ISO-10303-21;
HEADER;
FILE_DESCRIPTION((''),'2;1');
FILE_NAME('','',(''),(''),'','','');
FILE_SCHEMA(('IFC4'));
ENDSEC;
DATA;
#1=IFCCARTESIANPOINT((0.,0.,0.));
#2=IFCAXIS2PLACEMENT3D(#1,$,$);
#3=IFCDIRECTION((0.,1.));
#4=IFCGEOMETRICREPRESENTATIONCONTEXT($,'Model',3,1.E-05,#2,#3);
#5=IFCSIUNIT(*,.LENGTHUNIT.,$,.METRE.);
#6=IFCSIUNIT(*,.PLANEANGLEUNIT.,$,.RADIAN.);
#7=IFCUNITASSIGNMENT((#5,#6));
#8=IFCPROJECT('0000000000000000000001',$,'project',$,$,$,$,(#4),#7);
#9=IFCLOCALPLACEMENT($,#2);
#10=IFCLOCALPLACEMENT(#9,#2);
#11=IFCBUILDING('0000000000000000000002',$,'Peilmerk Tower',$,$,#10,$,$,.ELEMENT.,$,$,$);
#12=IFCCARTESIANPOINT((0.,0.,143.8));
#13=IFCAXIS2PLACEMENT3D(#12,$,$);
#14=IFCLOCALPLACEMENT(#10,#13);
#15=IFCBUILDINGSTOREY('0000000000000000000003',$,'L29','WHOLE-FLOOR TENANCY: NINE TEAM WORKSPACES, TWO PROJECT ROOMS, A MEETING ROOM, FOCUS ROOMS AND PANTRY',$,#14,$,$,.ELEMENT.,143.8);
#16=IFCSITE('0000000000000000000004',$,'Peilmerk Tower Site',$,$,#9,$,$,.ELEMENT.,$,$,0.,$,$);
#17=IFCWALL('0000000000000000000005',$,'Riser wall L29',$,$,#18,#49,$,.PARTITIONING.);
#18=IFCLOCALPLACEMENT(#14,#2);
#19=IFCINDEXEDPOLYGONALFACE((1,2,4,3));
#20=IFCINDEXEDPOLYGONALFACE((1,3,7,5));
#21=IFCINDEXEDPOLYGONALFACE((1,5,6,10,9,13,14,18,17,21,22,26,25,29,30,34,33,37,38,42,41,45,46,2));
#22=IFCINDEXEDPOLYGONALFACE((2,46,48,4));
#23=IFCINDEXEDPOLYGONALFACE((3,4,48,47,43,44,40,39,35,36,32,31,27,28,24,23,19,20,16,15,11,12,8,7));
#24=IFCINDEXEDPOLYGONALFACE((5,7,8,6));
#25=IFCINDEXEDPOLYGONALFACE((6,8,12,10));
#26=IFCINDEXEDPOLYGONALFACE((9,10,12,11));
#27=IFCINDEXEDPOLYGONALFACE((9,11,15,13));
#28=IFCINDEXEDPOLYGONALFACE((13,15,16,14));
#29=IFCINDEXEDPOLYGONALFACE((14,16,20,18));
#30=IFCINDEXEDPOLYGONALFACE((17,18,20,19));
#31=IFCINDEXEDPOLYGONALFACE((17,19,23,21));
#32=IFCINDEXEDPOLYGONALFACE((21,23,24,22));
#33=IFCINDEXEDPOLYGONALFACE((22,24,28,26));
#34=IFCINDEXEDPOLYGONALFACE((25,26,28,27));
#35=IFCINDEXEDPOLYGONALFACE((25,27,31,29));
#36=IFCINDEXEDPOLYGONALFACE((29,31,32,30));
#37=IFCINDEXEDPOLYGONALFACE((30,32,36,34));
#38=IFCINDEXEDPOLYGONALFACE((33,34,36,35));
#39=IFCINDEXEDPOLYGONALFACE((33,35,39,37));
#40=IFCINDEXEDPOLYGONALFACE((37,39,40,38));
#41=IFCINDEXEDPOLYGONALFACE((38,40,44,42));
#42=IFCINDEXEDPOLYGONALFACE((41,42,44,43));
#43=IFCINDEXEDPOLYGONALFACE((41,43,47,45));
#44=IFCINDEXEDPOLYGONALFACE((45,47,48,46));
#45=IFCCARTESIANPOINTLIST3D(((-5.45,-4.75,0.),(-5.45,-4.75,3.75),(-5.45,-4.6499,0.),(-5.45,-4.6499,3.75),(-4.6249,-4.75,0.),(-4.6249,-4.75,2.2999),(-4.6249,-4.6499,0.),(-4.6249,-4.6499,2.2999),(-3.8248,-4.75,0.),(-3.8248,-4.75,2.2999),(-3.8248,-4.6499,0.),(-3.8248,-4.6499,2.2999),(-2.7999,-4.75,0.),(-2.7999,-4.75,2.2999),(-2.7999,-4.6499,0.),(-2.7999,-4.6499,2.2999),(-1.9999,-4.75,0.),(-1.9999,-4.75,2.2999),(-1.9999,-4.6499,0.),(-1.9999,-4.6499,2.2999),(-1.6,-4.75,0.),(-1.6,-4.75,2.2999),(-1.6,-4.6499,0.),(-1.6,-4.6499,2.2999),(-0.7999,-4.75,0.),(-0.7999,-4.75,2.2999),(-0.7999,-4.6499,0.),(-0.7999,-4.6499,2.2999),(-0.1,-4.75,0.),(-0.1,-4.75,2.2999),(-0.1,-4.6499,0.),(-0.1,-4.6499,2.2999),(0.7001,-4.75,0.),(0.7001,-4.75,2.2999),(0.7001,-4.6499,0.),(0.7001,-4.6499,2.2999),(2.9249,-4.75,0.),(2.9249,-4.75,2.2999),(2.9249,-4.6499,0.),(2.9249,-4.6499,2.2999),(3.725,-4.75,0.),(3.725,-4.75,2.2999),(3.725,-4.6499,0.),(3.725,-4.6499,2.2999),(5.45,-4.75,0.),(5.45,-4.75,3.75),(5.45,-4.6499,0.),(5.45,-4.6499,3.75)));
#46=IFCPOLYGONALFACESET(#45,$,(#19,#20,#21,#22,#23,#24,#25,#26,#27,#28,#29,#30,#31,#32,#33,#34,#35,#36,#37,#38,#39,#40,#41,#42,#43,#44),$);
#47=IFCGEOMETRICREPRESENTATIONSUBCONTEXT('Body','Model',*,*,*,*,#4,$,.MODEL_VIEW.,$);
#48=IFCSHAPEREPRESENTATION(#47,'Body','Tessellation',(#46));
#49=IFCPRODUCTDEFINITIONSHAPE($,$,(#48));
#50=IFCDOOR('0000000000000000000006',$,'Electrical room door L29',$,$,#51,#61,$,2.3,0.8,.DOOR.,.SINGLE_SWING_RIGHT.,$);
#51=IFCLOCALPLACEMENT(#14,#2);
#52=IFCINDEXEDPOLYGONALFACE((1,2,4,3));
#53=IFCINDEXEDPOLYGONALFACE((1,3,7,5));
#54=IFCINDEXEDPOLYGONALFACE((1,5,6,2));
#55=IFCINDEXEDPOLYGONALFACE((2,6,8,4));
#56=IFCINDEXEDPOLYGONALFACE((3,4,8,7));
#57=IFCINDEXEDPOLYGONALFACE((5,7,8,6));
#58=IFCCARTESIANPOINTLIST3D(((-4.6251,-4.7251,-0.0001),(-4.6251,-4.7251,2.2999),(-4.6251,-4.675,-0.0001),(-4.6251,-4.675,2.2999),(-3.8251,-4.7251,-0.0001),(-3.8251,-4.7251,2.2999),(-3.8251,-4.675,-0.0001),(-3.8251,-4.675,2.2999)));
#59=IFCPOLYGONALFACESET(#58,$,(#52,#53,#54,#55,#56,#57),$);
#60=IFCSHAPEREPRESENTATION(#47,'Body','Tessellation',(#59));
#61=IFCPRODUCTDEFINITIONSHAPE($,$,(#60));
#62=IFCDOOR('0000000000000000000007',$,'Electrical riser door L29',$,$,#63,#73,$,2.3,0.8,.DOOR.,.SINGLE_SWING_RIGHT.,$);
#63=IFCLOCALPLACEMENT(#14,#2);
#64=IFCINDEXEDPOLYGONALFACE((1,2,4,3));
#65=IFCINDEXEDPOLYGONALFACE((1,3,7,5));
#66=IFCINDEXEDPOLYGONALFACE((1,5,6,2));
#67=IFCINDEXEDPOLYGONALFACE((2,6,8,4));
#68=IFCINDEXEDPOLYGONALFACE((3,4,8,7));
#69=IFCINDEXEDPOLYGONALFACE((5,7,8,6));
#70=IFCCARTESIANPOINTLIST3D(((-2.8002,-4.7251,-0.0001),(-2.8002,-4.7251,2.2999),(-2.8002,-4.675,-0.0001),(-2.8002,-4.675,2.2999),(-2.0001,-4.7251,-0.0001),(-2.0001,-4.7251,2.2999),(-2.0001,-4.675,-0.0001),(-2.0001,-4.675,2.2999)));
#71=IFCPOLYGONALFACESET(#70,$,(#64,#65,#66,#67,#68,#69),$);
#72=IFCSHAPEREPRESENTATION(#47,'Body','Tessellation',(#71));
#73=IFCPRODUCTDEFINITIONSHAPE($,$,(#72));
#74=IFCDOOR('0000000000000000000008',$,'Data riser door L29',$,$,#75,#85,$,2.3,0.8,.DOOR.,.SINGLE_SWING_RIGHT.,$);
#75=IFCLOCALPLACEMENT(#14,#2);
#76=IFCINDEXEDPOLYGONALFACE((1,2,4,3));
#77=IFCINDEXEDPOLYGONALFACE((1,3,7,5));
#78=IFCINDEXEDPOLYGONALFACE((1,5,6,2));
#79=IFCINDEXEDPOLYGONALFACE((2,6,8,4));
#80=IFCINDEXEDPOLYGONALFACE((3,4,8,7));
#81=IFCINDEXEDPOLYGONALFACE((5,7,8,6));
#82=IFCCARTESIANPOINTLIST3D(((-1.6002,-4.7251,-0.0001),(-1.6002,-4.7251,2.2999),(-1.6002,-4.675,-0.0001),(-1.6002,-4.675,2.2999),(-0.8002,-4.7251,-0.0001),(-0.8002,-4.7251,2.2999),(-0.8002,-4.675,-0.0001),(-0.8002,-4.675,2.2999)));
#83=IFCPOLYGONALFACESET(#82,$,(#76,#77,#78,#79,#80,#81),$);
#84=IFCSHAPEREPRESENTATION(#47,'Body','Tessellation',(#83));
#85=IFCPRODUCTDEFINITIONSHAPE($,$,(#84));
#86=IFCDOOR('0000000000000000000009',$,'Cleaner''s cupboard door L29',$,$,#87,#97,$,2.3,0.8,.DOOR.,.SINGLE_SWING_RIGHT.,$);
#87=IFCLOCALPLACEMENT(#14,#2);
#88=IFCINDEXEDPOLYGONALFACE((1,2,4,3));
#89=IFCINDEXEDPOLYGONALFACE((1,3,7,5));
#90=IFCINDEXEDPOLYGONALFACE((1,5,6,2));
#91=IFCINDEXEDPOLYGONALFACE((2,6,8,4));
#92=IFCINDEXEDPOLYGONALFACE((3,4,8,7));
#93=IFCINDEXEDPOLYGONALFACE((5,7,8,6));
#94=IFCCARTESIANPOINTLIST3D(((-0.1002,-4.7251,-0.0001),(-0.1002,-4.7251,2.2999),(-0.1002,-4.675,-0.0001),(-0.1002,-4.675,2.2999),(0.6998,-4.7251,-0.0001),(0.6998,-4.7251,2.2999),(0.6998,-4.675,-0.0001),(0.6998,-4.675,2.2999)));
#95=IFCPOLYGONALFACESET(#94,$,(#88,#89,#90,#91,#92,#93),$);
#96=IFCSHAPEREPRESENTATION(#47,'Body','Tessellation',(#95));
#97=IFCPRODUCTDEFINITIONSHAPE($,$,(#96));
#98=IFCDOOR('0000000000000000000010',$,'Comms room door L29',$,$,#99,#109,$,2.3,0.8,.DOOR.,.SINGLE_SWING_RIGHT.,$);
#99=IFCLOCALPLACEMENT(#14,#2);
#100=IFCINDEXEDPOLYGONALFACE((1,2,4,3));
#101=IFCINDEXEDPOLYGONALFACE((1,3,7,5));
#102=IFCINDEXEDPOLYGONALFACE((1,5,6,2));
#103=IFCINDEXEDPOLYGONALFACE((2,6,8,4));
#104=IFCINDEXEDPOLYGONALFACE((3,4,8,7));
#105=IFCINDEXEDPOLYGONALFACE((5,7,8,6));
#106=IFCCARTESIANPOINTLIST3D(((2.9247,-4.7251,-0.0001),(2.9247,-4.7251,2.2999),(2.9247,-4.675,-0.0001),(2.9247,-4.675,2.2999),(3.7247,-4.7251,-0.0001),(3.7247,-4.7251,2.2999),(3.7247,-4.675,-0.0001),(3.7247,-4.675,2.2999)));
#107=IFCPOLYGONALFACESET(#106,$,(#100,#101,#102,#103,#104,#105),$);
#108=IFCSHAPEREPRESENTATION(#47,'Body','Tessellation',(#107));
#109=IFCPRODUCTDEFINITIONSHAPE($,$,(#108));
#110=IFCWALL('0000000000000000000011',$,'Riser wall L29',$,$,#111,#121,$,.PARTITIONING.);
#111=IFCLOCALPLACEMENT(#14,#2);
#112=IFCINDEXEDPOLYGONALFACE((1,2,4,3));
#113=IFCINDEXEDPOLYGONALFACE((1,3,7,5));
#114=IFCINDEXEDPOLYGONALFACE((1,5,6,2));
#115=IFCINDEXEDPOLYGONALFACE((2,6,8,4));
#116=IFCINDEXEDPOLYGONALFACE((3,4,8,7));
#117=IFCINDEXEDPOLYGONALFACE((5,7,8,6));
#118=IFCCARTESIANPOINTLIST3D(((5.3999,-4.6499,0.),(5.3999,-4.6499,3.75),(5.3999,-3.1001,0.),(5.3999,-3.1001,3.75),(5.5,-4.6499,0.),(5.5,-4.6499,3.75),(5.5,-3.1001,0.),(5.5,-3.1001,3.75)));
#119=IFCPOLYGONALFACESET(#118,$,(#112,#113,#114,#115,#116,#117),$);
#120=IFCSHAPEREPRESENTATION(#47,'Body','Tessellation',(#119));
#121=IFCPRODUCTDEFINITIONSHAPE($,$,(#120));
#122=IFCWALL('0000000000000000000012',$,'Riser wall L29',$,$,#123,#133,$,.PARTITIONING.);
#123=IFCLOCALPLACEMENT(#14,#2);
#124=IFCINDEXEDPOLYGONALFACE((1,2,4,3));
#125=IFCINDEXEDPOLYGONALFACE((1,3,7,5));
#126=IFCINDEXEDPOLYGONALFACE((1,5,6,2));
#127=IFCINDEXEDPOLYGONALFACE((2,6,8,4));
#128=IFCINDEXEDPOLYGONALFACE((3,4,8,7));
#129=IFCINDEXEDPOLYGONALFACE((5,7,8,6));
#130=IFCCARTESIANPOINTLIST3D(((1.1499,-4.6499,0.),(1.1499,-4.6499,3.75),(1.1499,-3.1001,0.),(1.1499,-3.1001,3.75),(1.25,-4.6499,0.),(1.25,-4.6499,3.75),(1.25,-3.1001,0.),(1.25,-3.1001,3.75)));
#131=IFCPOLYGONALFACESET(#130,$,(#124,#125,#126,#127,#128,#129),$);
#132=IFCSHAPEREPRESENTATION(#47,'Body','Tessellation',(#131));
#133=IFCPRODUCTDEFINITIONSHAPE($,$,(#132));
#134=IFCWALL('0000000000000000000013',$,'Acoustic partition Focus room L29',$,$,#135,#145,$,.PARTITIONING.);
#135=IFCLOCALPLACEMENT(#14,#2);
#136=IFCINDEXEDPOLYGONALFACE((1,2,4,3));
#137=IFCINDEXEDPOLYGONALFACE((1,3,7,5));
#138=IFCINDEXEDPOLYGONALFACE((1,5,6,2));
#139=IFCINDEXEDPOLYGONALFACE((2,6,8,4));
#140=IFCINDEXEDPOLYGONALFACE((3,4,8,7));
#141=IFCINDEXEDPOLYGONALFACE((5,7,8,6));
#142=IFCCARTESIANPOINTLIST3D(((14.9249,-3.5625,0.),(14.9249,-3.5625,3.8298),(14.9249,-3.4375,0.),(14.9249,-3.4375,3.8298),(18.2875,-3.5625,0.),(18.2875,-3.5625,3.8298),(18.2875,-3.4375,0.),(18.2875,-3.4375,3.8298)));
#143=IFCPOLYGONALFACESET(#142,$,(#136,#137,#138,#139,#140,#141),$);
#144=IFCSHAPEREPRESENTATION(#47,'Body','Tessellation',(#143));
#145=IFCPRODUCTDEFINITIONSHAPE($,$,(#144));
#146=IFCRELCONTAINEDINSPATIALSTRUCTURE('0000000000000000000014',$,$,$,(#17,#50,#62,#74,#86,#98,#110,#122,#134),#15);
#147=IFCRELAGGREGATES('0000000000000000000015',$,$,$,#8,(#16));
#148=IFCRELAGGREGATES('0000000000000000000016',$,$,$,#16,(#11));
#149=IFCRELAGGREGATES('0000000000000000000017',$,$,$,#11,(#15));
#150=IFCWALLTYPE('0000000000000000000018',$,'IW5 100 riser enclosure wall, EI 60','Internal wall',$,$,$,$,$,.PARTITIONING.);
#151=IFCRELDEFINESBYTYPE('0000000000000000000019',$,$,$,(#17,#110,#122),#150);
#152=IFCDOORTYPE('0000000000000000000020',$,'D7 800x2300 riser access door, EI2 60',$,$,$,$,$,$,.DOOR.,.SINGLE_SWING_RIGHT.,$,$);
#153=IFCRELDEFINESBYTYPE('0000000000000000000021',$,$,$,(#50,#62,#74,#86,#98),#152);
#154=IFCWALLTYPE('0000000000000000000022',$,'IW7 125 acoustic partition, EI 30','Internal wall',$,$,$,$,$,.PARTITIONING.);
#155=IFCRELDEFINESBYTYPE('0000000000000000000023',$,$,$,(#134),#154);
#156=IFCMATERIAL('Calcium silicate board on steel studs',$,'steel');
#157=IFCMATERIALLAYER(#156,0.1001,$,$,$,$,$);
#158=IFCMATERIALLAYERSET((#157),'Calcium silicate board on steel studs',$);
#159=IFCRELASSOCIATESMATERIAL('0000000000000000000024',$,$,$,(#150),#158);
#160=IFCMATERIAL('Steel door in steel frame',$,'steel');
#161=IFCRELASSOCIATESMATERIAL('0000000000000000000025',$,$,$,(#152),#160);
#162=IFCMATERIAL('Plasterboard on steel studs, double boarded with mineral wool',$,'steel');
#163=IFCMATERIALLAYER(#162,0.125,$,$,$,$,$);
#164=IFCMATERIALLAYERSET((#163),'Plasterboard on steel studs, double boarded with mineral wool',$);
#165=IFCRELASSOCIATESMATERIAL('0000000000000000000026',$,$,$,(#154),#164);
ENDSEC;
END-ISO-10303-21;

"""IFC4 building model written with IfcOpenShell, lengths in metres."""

from ifc_helpers import new_model, si_unit, direction, frame, frame_2d, origin, place, context, subcontext, project, spatial, rectangle, extrude, material, layer, layer_set, type_object, element, fill, save


model = new_model("IFC4")

# Units and contexts
model_context = context("Model", 3, precision=1e-05, world=origin(), true_north=direction((0.0, 1.0)))
body_context = subcontext(model_context, "Body", "Model", "MODEL_VIEW")
ifc_project = project(units=[si_unit("LENGTHUNIT", "METRE"), si_unit("PLANEANGLEUNIT", "RADIAN")], contexts=[model_context])

# Site, building, storey
site_placement = place(None, origin())
site = spatial("IfcSite", under=ifc_project, at=site_placement, Name="Peilmerk Tower Site", CompositionType="ELEMENT", RefElevation=0.0)
building_placement = place(site_placement, origin())
building = spatial("IfcBuilding", under=site, at=building_placement, Name="Peilmerk Tower", CompositionType="ELEMENT")
storey_placement = place(building_placement, frame((0.0, 0.0, 143.8)))
storey = spatial("IfcBuildingStorey", under=building, at=storey_placement, Name="L29", Description="WHOLE-FLOOR TENANCY: NINE TEAM WORKSPACES, TWO PROJECT ROOMS, A MEETING ROOM, FOCUS ROOMS AND PANTRY", CompositionType="ELEMENT", Elevation=143.8)

# Shared definitions
ifc_material_1 = material(Name="Steel door in steel frame", Category="steel")

# Shared definitions
ifc_material_2 = material(Name="Calcium silicate board on steel studs", Category="steel")
ifc_layer_1 = layer(ifc_material_2, 0.1001)
ifc_layer_set_1 = layer_set([ifc_layer_1], Name="Calcium silicate board on steel studs")
wall_type_1 = type_object("IfcWallType", Name="IW5 100 riser enclosure wall, EI 60", Description="Internal wall", PredefinedType="PARTITIONING", material=ifc_layer_set_1)

# Wall, openings, doors
wall_1_placement = place(storey_placement, frame((5.45, -4.7, 0.0), z_axis=(0.0, 0.0, 1.0), x_axis=(-1.0, 0.0, 0.0)))
wall_1 = element("IfcWall", 1, at=wall_1_placement, inside=storey, type_object=wall_type_1, Name="Riser wall L29", PredefinedType="PARTITIONING", context=body_context, shape_type="SweptSolid", body=[
    extrude(rectangle(XDim=10.8999, YDim=0.1001, at=frame_2d((5.45, 0.0))), origin(), (0.0, 0.0, 1.0), 3.75),
])
opening_1_placement = place(wall_1_placement, frame((9.2749, 0.0, 0.0)))
opening_1 = element("IfcOpeningElement", 2, at=opening_1_placement, cuts=wall_1, PredefinedType="OPENING", context=body_context, shape_type="SweptSolid", body=[
    extrude(rectangle(XDim=0.8, YDim=2.3, at=frame_2d((0.3999, 1.1499))), frame((0.0, 0.0601, 0.0), z_axis=(0.0, -1.0, 0.0), x_axis=(1.0, 0.0, 0.0)), (0.0, 0.0, 1.0), 0.1201),
])
opening_2_placement = place(wall_1_placement, frame((7.45, 0.0, 0.0)))
opening_2 = element("IfcOpeningElement", 3, at=opening_2_placement, cuts=wall_1, PredefinedType="OPENING", context=body_context, shape_type="SweptSolid", body=[
    extrude(rectangle(XDim=0.8, YDim=2.3, at=frame_2d((0.3999, 1.1499))), frame((0.0, 0.0601, 0.0), z_axis=(0.0, -1.0, 0.0), x_axis=(1.0, 0.0, 0.0)), (0.0, 0.0, 1.0), 0.1201),
])
opening_3_placement = place(wall_1_placement, frame((6.25, 0.0, 0.0)))
opening_3 = element("IfcOpeningElement", 4, at=opening_3_placement, cuts=wall_1, PredefinedType="OPENING", context=body_context, shape_type="SweptSolid", body=[
    extrude(rectangle(XDim=0.8, YDim=2.3, at=frame_2d((0.3999, 1.1499))), frame((0.0, 0.0601, 0.0), z_axis=(0.0, -1.0, 0.0), x_axis=(1.0, 0.0, 0.0)), (0.0, 0.0, 1.0), 0.1201),
])
opening_4_placement = place(wall_1_placement, frame((4.75, 0.0, 0.0)))
opening_4 = element("IfcOpeningElement", 5, at=opening_4_placement, cuts=wall_1, PredefinedType="OPENING", context=body_context, shape_type="SweptSolid", body=[
    extrude(rectangle(XDim=0.8, YDim=2.3, at=frame_2d((0.3999, 1.1499))), frame((0.0, 0.0601, 0.0), z_axis=(0.0, -1.0, 0.0), x_axis=(1.0, 0.0, 0.0)), (0.0, 0.0, 1.0), 0.1201),
])
opening_5_placement = place(wall_1_placement, frame((1.7251, 0.0, 0.0)))
opening_5 = element("IfcOpeningElement", 6, at=opening_5_placement, cuts=wall_1, PredefinedType="OPENING", context=body_context, shape_type="SweptSolid", body=[
    extrude(rectangle(XDim=0.8, YDim=2.3, at=frame_2d((0.3999, 1.1499))), frame((0.0, 0.0601, 0.0), z_axis=(0.0, -1.0, 0.0), x_axis=(1.0, 0.0, 0.0)), (0.0, 0.0, 1.0), 0.1201),
])
door_type_1 = type_object("IfcDoorType", Name="D7 800x2300 riser access door, EI2 60", OperationType="SINGLE_SWING_RIGHT", PredefinedType="DOOR", material=ifc_material_1)
door_1_placement = place(opening_1_placement, frame((0.8, 0.0, 0.0), z_axis=(0.0, 0.0, 1.0), x_axis=(-1.0, 0.0, 0.0)))
door_1 = element("IfcDoor", 7, at=door_1_placement, inside=storey, type_object=door_type_1, Name="Electrical room door L29", OperationType="SINGLE_SWING_RIGHT", OverallHeight=2.3, OverallWidth=0.8, PredefinedType="DOOR", context=body_context, shape_type="SweptSolid", body=[
    extrude(rectangle(XDim=0.8, YDim=2.3, at=frame_2d((0.3999, 1.1499))), frame((0.0, 0.0249, 0.0), z_axis=(0.0, -1.0, 0.0), x_axis=(1.0, 0.0, 0.0)), (0.0, 0.0, 1.0), 0.05),
])
fill(opening_1, door_1)
door_2_placement = place(opening_2_placement, frame((0.8, 0.0, 0.0), z_axis=(0.0, 0.0, 1.0), x_axis=(-1.0, 0.0, 0.0)))
door_2 = element("IfcDoor", 8, at=door_2_placement, inside=storey, type_object=door_type_1, Name="Electrical riser door L29", OperationType="SINGLE_SWING_RIGHT", OverallHeight=2.3, OverallWidth=0.8, PredefinedType="DOOR", context=body_context, shape_type="SweptSolid", body=[
    extrude(rectangle(XDim=0.8, YDim=2.3, at=frame_2d((0.3999, 1.1499))), frame((0.0, 0.0249, 0.0), z_axis=(0.0, -1.0, 0.0), x_axis=(1.0, 0.0, 0.0)), (0.0, 0.0, 1.0), 0.05),
])
fill(opening_2, door_2)
door_3_placement = place(opening_3_placement, frame((0.8, 0.0, 0.0), z_axis=(0.0, 0.0, 1.0), x_axis=(-1.0, 0.0, 0.0)))
door_3 = element("IfcDoor", 9, at=door_3_placement, inside=storey, type_object=door_type_1, Name="Data riser door L29", OperationType="SINGLE_SWING_RIGHT", OverallHeight=2.3, OverallWidth=0.8, PredefinedType="DOOR", context=body_context, shape_type="SweptSolid", body=[
    extrude(rectangle(XDim=0.8, YDim=2.3, at=frame_2d((0.3999, 1.1499))), frame((0.0, 0.0249, 0.0), z_axis=(0.0, -1.0, 0.0), x_axis=(1.0, 0.0, 0.0)), (0.0, 0.0, 1.0), 0.05),
])
fill(opening_3, door_3)
door_4_placement = place(opening_4_placement, frame((0.8, 0.0, 0.0), z_axis=(0.0, 0.0, 1.0), x_axis=(-1.0, 0.0, 0.0)))
door_4 = element("IfcDoor", 10, at=door_4_placement, inside=storey, type_object=door_type_1, Name="Cleaner's cupboard door L29", OperationType="SINGLE_SWING_RIGHT", OverallHeight=2.3, OverallWidth=0.8, PredefinedType="DOOR", context=body_context, shape_type="SweptSolid", body=[
    extrude(rectangle(XDim=0.8, YDim=2.3, at=frame_2d((0.3999, 1.1499))), frame((0.0, 0.0249, 0.0), z_axis=(0.0, -1.0, 0.0), x_axis=(1.0, 0.0, 0.0)), (0.0, 0.0, 1.0), 0.05),
])
fill(opening_4, door_4)
door_5_placement = place(opening_5_placement, frame((0.8, 0.0, 0.0), z_axis=(0.0, 0.0, 1.0), x_axis=(-1.0, 0.0, 0.0)))
door_5 = element("IfcDoor", 11, at=door_5_placement, inside=storey, type_object=door_type_1, Name="Comms room door L29", OperationType="SINGLE_SWING_RIGHT", OverallHeight=2.3, OverallWidth=0.8, PredefinedType="DOOR", context=body_context, shape_type="SweptSolid", body=[
    extrude(rectangle(XDim=0.8, YDim=2.3, at=frame_2d((0.3999, 1.1499))), frame((0.0, 0.0249, 0.0), z_axis=(0.0, -1.0, 0.0), x_axis=(1.0, 0.0, 0.0)), (0.0, 0.0, 1.0), 0.05),
])
fill(opening_5, door_5)

# Walls
for number, where, z_axis, x_axis, name in (
    (12, (5.45, -3.1001, 0.0), (0.0, 0.0, 1.0), (0.0, -1.0, 0.0), "Riser wall L29"),
    (13, (1.2, -3.1001, 0.0), (0.0, 0.0, 1.0), (0.0, -1.0, 0.0), "Riser wall L29"),
):
    element("IfcWall", number, at=place(storey_placement, frame(where, z_axis=z_axis, x_axis=x_axis)), inside=storey, type_object=wall_type_1, Name=name, PredefinedType="PARTITIONING", context=body_context, shape_type="SweptSolid", body=[
        extrude(rectangle(XDim=1.5498, YDim=0.1001, at=frame_2d((0.7749, 0.0))), origin(), (0.0, 0.0, 1.0), 3.75),
    ])
ifc_material_3 = material(Name="Plasterboard on steel studs, double boarded with mineral wool", Category="steel")
ifc_layer_2 = layer(ifc_material_3, 0.125)
ifc_layer_set_2 = layer_set([ifc_layer_2], Name="Plasterboard on steel studs, double boarded with mineral wool")
wall_type_2 = type_object("IfcWallType", Name="IW7 125 acoustic partition, EI 30", Description="Internal wall", PredefinedType="PARTITIONING", material=ifc_layer_set_2)
wall_2_placement = place(storey_placement, frame((14.925, -3.5, 0.0), z_axis=(0.0, 0.0, 1.0), x_axis=(1.0, 0.0, 0.0)))
element("IfcWall", 14, at=wall_2_placement, inside=storey, type_object=wall_type_2, Name="Acoustic partition Focus room L29", PredefinedType="PARTITIONING", context=body_context, shape_type="SweptSolid", body=[
    extrude(rectangle(XDim=3.3625, YDim=0.125, at=frame_2d((1.6812, 0.0))), origin(), (0.0, 0.0, 1.0), 3.8298),
])

save(model, "model.ifc")
